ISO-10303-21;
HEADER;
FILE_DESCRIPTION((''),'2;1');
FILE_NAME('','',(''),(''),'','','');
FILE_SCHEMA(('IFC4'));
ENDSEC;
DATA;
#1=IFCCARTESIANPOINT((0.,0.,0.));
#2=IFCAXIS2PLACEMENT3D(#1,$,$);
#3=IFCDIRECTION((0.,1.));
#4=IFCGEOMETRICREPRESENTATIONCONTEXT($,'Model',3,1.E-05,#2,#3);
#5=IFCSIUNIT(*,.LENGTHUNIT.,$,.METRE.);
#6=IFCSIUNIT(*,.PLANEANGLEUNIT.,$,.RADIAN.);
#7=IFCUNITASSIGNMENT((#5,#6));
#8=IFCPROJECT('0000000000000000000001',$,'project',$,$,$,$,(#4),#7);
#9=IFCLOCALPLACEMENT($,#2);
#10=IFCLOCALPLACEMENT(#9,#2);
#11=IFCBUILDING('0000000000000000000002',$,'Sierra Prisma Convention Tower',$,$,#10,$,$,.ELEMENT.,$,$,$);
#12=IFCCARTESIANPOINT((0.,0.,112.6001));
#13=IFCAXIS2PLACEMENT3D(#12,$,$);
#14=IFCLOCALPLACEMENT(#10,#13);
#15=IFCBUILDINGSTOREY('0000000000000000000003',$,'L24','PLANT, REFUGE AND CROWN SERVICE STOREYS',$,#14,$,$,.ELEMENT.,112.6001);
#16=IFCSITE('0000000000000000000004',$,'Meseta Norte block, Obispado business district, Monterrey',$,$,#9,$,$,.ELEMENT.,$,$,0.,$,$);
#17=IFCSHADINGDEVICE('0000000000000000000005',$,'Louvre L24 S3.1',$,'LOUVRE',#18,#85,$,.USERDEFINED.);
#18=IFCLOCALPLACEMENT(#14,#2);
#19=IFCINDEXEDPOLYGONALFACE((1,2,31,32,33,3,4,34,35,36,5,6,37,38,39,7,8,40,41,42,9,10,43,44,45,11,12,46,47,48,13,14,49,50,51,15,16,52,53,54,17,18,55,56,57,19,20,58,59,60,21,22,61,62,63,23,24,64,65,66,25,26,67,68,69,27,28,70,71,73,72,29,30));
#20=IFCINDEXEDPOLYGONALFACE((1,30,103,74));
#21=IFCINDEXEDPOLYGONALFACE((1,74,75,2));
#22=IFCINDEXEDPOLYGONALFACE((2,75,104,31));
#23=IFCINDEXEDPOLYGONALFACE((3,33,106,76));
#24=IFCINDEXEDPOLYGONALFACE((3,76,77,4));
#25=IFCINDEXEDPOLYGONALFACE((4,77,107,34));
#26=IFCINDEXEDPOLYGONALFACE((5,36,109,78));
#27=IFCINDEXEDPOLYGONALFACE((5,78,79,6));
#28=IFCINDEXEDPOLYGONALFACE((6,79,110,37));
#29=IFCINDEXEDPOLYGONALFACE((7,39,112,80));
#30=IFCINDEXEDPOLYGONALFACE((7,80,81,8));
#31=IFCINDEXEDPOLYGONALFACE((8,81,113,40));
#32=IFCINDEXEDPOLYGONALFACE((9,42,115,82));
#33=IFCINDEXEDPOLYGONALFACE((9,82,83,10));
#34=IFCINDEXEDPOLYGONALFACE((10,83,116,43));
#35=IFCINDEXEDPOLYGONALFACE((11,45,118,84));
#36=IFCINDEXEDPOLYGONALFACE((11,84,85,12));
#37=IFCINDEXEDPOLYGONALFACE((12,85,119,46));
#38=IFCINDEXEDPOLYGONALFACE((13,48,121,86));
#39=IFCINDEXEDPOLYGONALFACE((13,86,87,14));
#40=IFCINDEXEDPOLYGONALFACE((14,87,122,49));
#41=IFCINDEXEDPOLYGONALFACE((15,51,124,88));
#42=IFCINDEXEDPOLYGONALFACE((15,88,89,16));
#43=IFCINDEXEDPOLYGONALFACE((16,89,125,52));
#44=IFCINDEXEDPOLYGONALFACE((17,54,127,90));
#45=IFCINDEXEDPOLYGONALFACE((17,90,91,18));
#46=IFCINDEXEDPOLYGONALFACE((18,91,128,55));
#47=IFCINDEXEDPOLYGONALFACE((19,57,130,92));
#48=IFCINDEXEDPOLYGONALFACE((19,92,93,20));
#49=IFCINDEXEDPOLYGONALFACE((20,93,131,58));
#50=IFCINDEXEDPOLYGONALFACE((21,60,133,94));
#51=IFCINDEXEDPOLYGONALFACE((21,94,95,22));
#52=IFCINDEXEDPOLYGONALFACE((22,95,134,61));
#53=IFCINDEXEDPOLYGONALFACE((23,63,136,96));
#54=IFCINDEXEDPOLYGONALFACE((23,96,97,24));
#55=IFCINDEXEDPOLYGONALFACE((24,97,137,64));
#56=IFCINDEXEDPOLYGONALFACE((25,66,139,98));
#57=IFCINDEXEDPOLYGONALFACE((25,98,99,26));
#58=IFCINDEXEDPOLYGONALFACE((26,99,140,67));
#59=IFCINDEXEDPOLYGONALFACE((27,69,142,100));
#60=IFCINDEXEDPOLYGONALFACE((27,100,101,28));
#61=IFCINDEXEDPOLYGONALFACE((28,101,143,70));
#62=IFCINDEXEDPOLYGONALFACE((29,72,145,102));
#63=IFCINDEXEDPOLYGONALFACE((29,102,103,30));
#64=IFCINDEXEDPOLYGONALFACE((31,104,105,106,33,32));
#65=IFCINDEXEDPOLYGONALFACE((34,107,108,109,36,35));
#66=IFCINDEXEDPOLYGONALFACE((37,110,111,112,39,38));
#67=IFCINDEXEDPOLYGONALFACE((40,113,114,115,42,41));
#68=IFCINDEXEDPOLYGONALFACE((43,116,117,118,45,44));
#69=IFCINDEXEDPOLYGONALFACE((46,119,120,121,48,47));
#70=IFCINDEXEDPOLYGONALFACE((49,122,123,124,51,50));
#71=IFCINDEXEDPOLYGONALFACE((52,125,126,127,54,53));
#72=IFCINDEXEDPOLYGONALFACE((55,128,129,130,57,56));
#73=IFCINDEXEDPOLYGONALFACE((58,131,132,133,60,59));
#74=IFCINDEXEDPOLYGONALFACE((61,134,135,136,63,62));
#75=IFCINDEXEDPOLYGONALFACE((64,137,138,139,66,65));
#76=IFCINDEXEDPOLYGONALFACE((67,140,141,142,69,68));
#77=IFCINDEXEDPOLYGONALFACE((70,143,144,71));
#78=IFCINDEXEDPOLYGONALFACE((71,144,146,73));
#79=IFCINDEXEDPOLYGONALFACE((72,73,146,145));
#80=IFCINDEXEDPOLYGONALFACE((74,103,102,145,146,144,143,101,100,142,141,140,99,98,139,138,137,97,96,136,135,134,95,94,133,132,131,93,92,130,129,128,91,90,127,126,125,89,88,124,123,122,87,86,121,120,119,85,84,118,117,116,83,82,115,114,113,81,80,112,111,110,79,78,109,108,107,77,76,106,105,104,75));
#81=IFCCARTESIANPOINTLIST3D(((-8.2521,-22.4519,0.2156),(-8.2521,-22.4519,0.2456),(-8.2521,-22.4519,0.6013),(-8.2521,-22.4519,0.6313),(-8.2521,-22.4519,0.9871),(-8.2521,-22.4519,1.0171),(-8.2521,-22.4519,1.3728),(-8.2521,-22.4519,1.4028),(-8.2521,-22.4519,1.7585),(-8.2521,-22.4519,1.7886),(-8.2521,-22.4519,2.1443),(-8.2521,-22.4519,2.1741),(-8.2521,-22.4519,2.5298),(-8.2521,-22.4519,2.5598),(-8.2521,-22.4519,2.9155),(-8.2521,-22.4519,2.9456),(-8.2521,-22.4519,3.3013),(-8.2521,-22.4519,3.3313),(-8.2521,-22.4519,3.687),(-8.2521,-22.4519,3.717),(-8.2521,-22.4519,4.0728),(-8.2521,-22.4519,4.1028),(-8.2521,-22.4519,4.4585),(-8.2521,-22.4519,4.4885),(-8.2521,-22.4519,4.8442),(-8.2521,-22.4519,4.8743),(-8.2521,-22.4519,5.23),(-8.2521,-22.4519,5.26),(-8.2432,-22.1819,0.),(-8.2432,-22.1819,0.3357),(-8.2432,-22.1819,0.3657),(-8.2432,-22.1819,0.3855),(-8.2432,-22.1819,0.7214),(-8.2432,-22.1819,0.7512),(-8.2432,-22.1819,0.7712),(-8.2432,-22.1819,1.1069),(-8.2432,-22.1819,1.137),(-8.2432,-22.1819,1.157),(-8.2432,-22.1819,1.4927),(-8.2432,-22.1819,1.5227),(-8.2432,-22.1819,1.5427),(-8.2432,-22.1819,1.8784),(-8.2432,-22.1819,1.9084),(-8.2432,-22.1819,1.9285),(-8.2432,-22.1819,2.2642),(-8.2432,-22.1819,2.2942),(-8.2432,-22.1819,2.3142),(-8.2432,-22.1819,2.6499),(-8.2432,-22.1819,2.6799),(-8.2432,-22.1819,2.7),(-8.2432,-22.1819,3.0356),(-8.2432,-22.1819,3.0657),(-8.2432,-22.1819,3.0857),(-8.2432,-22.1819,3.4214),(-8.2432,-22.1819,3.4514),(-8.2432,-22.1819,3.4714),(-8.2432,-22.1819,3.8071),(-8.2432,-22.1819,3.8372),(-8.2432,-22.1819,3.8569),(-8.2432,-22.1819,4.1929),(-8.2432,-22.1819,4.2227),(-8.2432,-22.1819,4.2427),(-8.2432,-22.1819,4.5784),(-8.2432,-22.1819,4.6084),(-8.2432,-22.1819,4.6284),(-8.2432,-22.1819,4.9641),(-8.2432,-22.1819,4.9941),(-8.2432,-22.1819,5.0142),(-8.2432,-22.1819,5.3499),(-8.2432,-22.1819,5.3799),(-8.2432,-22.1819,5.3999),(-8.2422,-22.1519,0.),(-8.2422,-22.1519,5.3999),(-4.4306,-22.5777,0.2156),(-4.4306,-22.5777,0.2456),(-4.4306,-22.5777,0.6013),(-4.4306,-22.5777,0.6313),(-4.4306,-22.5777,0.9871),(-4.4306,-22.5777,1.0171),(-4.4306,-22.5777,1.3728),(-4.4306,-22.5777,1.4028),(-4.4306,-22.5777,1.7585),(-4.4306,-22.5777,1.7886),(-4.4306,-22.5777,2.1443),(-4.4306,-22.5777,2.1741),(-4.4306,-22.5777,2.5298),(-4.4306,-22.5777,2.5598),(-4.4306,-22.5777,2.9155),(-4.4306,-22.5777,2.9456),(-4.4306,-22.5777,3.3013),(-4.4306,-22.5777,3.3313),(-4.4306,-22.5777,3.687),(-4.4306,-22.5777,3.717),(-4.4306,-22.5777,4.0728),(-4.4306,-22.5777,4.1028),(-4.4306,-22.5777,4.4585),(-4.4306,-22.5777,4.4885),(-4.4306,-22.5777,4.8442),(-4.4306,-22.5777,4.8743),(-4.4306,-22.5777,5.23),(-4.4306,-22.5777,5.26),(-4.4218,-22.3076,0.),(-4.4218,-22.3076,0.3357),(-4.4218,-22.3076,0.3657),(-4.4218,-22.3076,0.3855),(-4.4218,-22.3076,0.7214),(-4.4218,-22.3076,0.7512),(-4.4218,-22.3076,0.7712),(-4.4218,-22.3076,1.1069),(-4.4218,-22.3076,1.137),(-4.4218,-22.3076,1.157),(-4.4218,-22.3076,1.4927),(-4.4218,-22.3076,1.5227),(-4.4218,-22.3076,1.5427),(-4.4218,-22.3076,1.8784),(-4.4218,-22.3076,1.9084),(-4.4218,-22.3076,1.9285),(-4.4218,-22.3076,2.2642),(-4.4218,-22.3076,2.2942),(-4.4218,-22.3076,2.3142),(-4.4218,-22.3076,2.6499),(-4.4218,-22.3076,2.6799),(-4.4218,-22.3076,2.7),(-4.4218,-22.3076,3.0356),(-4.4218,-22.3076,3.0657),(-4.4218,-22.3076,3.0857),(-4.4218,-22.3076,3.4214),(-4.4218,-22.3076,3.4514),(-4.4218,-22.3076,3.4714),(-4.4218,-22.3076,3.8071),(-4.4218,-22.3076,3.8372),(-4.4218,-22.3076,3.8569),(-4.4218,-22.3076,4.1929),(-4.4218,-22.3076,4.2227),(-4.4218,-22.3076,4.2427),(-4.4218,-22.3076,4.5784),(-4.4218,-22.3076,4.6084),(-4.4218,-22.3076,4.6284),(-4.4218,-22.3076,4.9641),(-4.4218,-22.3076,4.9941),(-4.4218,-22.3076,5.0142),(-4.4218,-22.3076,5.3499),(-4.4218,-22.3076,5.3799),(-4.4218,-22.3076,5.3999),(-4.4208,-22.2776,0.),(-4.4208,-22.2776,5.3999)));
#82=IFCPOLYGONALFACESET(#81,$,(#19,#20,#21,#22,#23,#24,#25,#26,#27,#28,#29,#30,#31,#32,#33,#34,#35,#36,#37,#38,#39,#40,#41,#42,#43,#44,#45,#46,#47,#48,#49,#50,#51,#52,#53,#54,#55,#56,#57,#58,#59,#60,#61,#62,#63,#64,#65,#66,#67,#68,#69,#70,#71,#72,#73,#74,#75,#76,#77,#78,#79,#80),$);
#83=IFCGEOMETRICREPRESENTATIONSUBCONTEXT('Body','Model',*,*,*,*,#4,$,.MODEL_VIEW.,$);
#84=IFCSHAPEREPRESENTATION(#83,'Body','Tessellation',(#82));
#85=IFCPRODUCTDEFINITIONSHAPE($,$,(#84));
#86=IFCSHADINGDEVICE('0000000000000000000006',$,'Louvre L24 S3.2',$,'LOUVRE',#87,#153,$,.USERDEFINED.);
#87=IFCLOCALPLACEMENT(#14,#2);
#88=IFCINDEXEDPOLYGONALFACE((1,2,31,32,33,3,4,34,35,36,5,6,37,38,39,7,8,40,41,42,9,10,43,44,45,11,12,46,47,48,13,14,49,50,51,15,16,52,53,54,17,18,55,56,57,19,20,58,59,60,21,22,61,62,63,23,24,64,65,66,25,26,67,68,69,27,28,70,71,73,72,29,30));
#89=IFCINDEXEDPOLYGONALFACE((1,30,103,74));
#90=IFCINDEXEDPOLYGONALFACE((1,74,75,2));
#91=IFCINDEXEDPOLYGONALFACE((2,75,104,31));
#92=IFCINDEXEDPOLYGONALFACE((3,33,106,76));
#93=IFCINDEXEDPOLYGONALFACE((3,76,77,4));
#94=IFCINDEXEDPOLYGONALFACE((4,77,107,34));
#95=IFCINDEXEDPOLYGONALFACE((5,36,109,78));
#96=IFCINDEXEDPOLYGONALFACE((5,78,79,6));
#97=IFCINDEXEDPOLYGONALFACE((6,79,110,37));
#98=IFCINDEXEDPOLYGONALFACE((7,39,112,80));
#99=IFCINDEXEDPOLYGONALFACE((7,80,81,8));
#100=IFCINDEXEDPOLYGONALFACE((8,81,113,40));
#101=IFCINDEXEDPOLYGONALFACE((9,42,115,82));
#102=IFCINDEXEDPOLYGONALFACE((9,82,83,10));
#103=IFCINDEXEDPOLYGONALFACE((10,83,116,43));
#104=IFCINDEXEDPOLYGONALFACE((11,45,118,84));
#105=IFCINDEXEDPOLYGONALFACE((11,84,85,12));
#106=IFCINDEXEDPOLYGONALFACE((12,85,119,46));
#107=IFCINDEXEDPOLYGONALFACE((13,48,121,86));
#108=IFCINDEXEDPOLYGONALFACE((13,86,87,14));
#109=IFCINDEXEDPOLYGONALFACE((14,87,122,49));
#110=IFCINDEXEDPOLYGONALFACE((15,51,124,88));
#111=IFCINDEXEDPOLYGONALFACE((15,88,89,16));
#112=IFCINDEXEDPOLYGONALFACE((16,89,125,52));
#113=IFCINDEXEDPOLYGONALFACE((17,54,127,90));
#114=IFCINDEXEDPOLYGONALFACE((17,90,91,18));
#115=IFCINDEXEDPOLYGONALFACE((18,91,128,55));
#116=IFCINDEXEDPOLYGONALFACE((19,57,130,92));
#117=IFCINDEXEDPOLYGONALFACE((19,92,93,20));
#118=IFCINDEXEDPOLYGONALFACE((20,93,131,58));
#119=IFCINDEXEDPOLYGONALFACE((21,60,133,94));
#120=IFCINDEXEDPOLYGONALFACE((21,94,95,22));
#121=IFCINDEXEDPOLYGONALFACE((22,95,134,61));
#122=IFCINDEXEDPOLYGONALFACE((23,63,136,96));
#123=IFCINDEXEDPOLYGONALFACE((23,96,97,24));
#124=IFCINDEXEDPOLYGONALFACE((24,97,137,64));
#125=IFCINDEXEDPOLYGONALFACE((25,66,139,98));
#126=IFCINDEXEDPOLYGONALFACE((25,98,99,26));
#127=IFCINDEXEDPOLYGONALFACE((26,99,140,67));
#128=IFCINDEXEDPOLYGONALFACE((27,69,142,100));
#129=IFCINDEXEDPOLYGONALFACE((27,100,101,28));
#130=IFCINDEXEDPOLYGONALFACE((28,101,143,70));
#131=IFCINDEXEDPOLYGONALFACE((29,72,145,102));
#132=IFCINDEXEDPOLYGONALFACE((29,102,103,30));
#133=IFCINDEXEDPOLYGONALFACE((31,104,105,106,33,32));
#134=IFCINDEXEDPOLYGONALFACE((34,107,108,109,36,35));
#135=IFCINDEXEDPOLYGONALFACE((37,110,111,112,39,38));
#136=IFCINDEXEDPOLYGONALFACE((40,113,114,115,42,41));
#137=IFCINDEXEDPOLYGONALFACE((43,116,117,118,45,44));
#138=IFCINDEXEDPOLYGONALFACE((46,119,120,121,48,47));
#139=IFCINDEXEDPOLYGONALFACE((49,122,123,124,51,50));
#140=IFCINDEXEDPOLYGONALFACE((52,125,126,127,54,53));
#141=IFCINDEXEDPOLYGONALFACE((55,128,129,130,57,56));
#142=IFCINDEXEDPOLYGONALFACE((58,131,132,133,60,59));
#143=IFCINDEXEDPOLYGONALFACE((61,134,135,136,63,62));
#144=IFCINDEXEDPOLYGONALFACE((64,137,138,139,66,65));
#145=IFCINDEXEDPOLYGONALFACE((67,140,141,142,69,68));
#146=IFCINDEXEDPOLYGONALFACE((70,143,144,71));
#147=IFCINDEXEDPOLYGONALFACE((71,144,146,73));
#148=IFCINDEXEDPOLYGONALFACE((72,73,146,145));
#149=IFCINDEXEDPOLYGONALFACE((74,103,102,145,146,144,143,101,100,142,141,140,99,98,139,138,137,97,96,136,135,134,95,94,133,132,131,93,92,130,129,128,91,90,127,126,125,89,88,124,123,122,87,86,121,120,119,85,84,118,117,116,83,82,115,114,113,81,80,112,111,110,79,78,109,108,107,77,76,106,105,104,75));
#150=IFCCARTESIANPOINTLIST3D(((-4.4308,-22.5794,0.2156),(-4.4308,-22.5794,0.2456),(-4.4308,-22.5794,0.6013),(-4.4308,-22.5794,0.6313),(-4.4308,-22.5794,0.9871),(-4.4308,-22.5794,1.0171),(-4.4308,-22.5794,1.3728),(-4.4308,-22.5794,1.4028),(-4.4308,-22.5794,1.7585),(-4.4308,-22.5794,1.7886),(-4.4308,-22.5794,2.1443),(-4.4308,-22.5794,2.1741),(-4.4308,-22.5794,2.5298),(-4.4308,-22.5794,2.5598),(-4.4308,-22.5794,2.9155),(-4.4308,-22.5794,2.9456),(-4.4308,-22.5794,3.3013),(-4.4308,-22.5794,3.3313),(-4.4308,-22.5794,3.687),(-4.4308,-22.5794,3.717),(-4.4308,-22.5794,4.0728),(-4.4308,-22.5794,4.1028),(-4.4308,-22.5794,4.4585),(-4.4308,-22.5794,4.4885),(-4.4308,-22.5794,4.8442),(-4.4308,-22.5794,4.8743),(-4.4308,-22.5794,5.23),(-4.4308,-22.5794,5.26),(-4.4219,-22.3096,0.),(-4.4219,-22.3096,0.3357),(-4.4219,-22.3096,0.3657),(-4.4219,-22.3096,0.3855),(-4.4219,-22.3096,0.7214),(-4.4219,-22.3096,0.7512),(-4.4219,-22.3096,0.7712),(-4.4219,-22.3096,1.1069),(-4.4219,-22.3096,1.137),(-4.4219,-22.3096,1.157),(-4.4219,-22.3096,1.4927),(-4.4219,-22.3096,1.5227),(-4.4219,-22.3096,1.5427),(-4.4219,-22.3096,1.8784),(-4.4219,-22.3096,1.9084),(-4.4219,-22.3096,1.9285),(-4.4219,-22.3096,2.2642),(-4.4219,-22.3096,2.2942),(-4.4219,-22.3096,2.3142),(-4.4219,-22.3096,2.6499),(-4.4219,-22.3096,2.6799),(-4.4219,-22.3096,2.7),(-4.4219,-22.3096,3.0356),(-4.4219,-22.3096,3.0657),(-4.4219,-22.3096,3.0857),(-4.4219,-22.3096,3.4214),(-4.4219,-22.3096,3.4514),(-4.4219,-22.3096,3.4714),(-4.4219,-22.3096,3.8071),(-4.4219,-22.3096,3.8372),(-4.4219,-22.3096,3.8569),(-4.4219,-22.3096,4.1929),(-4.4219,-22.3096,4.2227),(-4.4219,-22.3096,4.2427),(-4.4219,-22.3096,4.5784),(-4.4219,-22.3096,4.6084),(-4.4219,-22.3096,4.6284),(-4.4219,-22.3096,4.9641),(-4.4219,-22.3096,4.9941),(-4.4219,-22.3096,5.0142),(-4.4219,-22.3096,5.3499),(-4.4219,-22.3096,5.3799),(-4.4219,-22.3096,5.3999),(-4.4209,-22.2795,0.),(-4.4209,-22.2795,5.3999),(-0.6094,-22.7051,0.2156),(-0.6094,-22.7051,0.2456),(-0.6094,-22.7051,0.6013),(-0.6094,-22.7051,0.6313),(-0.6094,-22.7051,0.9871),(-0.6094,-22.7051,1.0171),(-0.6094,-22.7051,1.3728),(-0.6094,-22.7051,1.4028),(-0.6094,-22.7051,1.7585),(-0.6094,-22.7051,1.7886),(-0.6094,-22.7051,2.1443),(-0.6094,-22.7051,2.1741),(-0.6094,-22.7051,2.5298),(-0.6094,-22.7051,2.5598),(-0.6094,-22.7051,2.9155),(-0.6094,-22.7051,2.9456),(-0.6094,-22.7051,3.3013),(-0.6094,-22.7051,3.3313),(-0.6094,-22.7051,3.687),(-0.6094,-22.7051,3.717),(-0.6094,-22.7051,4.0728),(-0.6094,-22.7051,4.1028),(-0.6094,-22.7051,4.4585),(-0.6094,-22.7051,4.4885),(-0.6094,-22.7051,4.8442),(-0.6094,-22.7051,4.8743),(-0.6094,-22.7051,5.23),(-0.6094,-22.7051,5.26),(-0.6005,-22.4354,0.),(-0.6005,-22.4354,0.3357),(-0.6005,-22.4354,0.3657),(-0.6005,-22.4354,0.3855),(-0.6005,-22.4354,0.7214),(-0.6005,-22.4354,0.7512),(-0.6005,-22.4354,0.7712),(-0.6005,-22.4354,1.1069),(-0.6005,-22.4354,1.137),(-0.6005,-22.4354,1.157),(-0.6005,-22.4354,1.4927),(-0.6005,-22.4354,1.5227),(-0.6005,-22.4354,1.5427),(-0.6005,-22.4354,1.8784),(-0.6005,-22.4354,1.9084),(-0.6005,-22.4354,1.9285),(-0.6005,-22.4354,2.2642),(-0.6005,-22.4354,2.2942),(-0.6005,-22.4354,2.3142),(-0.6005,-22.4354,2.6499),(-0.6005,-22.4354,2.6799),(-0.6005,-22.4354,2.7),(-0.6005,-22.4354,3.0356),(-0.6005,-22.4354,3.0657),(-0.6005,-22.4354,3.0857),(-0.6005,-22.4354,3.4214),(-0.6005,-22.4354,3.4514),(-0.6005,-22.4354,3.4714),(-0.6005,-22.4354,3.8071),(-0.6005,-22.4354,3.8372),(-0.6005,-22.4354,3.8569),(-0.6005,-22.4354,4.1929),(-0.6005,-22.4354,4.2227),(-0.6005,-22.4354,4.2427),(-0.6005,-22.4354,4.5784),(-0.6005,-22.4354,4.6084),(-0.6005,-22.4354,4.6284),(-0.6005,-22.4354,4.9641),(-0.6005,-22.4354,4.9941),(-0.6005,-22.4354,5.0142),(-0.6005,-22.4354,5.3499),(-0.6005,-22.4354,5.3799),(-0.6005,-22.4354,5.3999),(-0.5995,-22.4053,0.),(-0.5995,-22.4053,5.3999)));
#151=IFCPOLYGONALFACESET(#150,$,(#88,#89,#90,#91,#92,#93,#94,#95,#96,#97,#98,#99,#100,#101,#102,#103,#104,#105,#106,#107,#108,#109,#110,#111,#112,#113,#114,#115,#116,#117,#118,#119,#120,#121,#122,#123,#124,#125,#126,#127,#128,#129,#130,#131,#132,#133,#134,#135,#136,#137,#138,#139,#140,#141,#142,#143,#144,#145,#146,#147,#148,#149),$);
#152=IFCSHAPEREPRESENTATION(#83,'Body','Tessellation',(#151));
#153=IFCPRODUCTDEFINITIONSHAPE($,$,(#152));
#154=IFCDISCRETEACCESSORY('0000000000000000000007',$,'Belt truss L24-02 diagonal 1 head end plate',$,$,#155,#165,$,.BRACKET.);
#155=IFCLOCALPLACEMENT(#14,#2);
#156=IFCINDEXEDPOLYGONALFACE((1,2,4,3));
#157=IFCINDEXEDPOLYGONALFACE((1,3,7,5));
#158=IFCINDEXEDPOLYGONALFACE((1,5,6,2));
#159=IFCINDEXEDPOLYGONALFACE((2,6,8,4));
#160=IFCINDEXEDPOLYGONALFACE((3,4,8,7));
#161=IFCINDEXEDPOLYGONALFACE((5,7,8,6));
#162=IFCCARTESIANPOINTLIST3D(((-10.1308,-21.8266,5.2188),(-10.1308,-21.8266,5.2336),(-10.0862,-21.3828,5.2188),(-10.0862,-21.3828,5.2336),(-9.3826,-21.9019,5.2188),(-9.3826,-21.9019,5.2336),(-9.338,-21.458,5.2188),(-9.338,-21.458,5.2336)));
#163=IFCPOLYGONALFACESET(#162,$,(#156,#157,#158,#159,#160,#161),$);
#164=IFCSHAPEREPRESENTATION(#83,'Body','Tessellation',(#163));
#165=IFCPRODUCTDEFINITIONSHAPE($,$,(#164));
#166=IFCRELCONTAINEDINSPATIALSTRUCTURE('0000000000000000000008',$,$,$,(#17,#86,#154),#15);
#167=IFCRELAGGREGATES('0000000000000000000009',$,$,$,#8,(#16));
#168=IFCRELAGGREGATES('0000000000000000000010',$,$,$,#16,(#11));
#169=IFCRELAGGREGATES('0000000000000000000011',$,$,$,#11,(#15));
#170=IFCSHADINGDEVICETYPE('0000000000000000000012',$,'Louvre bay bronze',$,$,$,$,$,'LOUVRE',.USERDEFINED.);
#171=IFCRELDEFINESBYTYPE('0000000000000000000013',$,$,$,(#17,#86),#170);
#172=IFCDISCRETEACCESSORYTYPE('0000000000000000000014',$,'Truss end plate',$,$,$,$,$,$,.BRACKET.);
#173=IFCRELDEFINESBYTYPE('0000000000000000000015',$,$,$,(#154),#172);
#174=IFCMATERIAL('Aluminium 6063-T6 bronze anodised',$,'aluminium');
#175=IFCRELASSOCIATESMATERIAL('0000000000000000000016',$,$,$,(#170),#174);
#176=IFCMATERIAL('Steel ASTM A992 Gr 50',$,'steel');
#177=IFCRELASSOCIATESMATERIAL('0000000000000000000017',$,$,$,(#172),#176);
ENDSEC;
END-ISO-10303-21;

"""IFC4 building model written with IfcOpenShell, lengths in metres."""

from ifc_helpers import new_model, si_unit, direction, frame, origin, origin_2d, place, context, subcontext, project, spatial, polyline, rectangle, outline, extrude, material, type_object, element, save


model = new_model("IFC4")

# Units and contexts
model_context = context("Model", 3, precision=1e-05, world=origin(), true_north=direction((0.0, 1.0)))
body_context = subcontext(model_context, "Body", "Model", "MODEL_VIEW")
ifc_project = project(units=[si_unit("LENGTHUNIT", "METRE"), si_unit("PLANEANGLEUNIT", "RADIAN")], contexts=[model_context])

# Site, building, storey
site_placement = place(None, origin())
site = spatial("IfcSite", under=ifc_project, at=site_placement, Name="Meseta Norte block, Obispado business district, Monterrey", CompositionType="ELEMENT", RefElevation=0.0)
building_placement = place(site_placement, origin())
building = spatial("IfcBuilding", under=site, at=building_placement, Name="Sierra Prisma Convention Tower", CompositionType="ELEMENT")
storey_placement = place(building_placement, frame((0.0, 0.0, 112.6001)))
storey = spatial("IfcBuildingStorey", under=building, at=storey_placement, Name="L24", Description="PLANT, REFUGE AND CROWN SERVICE STOREYS", CompositionType="ELEMENT", Elevation=112.6001)

# Shading devices
ifc_material_1 = material(Name="Aluminium 6063-T6 bronze anodised", Category="aluminium")
shading_device_type = type_object("IfcShadingDeviceType", Name="Louvre bay bronze", ElementType="LOUVRE", PredefinedType="USERDEFINED", material=ifc_material_1)
shading_device_1_placement = place(storey_placement, frame((-8.2422, -22.1519, 0.0), z_axis=(-0.999459, 0.032887, 0.0), x_axis=(0.0, 0.0, 1.0)))
element("IfcShadingDevice", 1, at=shading_device_1_placement, inside=storey, type_object=shading_device_type, Name="Louvre L24 S3.1", ObjectType="LOUVRE", PredefinedType="USERDEFINED", context=body_context, shape_type="SweptSolid", body=[
    extrude(outline(polyline([(0.0, 0.0), (5.3999, 0.0), (5.3999, -0.03), (5.3799, -0.03), (5.26, -0.3002), (5.23, -0.3002), (5.3499, -0.03), (5.0142, -0.03), (4.9941, -0.03), (4.8743, -0.3002), (4.8442, -0.3002), (4.9641, -0.03), (4.6284, -0.03), (4.6084, -0.03), (4.4885, -0.3002), (4.4585, -0.3002), (4.5784, -0.03), (4.2427, -0.03), (4.2227, -0.03), (4.1028, -0.3002), (4.0728, -0.3002), (4.1929, -0.03), (3.8569, -0.03), (3.8372, -0.03), (3.717, -0.3002), (3.687, -0.3002), (3.8071, -0.03), (3.4714, -0.03), (3.4514, -0.03), (3.3313, -0.3002), (3.3013, -0.3002), (3.4214, -0.03), (3.0857, -0.03), (3.0657, -0.03), (2.9456, -0.3002), (2.9155, -0.3002), (3.0356, -0.03), (2.7, -0.03), (2.6799, -0.03), (2.5598, -0.3002), (2.5298, -0.3002), (2.6499, -0.03), (2.3142, -0.03), (2.2942, -0.03), (2.1741, -0.3002), (2.1443, -0.3002), (2.2642, -0.03), (1.9285, -0.03), (1.9084, -0.03), (1.7886, -0.3002), (1.7585, -0.3002), (1.8784, -0.03), (1.5427, -0.03), (1.5227, -0.03), (1.4028, -0.3002), (1.3728, -0.3002), (1.4927, -0.03), (1.157, -0.03), (1.137, -0.03), (1.0171, -0.3002), (0.9871, -0.3002), (1.1069, -0.03), (0.7712, -0.03), (0.7512, -0.03), (0.6313, -0.3002), (0.6013, -0.3002), (0.7214, -0.03), (0.3855, -0.03), (0.3657, -0.03), (0.2456, -0.3002), (0.2156, -0.3002), (0.3357, -0.03), (0.0, -0.03), (0.0, 0.0)])), origin(), (0.0, 0.0, -1.0), 3.8235),
])
shading_device_2_placement = place(storey_placement, frame((-4.4209, -22.2795, 0.0), z_axis=(-0.999459, 0.032899, 0.0), x_axis=(0.0, 0.0, 1.0)))
element("IfcShadingDevice", 2, at=shading_device_2_placement, inside=storey, type_object=shading_device_type, Name="Louvre L24 S3.2", ObjectType="LOUVRE", PredefinedType="USERDEFINED", context=body_context, shape_type="SweptSolid", body=[
    extrude(outline(polyline([(0.0, 0.0), (5.3999, 0.0), (5.3999, -0.03), (5.3799, -0.03), (5.26, -0.3), (5.23, -0.3), (5.3499, -0.03), (5.0142, -0.03), (4.9941, -0.03), (4.8743, -0.3), (4.8442, -0.3), (4.9641, -0.03), (4.6284, -0.03), (4.6084, -0.03), (4.4885, -0.3), (4.4585, -0.3), (4.5784, -0.03), (4.2427, -0.03), (4.2227, -0.03), (4.1028, -0.3), (4.0728, -0.3), (4.1929, -0.03), (3.8569, -0.03), (3.8372, -0.03), (3.717, -0.3), (3.687, -0.3), (3.8071, -0.03), (3.4714, -0.03), (3.4514, -0.03), (3.3313, -0.3), (3.3013, -0.3), (3.4214, -0.03), (3.0857, -0.03), (3.0657, -0.03), (2.9456, -0.3), (2.9155, -0.3), (3.0356, -0.03), (2.7, -0.03), (2.6799, -0.03), (2.5598, -0.3), (2.5298, -0.3), (2.6499, -0.03), (2.3142, -0.03), (2.2942, -0.03), (2.1741, -0.3), (2.1443, -0.3), (2.2642, -0.03), (1.9285, -0.03), (1.9084, -0.03), (1.7886, -0.3), (1.7585, -0.3), (1.8784, -0.03), (1.5427, -0.03), (1.5227, -0.03), (1.4028, -0.3), (1.3728, -0.3), (1.4927, -0.03), (1.157, -0.03), (1.137, -0.03), (1.0171, -0.3), (0.9871, -0.3), (1.1069, -0.03), (0.7712, -0.03), (0.7512, -0.03), (0.6313, -0.3), (0.6013, -0.3), (0.7214, -0.03), (0.3855, -0.03), (0.3657, -0.03), (0.2456, -0.3), (0.2156, -0.3), (0.3357, -0.03), (0.0, -0.03), (0.0, 0.0)])), origin(), (0.0, 0.0, -1.0), 3.8235),
])

# Discrete accessory
ifc_material_2 = material(Name="Steel ASTM A992 Gr 50", Category="steel")
discrete_accessory_type = type_object("IfcDiscreteAccessoryType", Name="Truss end plate", PredefinedType="BRACKET", material=ifc_material_2)
for number, where, z_axis, x_axis, name in (
    (3, (-9.7344, -21.6423, 5.2188), (0.0, 0.0, 1.0), (0.994983, -0.100047, 0.0), "Belt truss L24-02 diagonal 1 head end plate"),
):
    element("IfcDiscreteAccessory", number, at=place(storey_placement, frame(where, z_axis=z_axis, x_axis=x_axis)), inside=storey, type_object=discrete_accessory_type, Name=name, PredefinedType="BRACKET", context=body_context, shape_type="SweptSolid", body=[
        extrude(rectangle(XDim=0.752, YDim=0.446, at=origin_2d()), origin(), (0.0, 0.0, 1.0), 0.0149),
    ])

save(model, "model.ifc")
